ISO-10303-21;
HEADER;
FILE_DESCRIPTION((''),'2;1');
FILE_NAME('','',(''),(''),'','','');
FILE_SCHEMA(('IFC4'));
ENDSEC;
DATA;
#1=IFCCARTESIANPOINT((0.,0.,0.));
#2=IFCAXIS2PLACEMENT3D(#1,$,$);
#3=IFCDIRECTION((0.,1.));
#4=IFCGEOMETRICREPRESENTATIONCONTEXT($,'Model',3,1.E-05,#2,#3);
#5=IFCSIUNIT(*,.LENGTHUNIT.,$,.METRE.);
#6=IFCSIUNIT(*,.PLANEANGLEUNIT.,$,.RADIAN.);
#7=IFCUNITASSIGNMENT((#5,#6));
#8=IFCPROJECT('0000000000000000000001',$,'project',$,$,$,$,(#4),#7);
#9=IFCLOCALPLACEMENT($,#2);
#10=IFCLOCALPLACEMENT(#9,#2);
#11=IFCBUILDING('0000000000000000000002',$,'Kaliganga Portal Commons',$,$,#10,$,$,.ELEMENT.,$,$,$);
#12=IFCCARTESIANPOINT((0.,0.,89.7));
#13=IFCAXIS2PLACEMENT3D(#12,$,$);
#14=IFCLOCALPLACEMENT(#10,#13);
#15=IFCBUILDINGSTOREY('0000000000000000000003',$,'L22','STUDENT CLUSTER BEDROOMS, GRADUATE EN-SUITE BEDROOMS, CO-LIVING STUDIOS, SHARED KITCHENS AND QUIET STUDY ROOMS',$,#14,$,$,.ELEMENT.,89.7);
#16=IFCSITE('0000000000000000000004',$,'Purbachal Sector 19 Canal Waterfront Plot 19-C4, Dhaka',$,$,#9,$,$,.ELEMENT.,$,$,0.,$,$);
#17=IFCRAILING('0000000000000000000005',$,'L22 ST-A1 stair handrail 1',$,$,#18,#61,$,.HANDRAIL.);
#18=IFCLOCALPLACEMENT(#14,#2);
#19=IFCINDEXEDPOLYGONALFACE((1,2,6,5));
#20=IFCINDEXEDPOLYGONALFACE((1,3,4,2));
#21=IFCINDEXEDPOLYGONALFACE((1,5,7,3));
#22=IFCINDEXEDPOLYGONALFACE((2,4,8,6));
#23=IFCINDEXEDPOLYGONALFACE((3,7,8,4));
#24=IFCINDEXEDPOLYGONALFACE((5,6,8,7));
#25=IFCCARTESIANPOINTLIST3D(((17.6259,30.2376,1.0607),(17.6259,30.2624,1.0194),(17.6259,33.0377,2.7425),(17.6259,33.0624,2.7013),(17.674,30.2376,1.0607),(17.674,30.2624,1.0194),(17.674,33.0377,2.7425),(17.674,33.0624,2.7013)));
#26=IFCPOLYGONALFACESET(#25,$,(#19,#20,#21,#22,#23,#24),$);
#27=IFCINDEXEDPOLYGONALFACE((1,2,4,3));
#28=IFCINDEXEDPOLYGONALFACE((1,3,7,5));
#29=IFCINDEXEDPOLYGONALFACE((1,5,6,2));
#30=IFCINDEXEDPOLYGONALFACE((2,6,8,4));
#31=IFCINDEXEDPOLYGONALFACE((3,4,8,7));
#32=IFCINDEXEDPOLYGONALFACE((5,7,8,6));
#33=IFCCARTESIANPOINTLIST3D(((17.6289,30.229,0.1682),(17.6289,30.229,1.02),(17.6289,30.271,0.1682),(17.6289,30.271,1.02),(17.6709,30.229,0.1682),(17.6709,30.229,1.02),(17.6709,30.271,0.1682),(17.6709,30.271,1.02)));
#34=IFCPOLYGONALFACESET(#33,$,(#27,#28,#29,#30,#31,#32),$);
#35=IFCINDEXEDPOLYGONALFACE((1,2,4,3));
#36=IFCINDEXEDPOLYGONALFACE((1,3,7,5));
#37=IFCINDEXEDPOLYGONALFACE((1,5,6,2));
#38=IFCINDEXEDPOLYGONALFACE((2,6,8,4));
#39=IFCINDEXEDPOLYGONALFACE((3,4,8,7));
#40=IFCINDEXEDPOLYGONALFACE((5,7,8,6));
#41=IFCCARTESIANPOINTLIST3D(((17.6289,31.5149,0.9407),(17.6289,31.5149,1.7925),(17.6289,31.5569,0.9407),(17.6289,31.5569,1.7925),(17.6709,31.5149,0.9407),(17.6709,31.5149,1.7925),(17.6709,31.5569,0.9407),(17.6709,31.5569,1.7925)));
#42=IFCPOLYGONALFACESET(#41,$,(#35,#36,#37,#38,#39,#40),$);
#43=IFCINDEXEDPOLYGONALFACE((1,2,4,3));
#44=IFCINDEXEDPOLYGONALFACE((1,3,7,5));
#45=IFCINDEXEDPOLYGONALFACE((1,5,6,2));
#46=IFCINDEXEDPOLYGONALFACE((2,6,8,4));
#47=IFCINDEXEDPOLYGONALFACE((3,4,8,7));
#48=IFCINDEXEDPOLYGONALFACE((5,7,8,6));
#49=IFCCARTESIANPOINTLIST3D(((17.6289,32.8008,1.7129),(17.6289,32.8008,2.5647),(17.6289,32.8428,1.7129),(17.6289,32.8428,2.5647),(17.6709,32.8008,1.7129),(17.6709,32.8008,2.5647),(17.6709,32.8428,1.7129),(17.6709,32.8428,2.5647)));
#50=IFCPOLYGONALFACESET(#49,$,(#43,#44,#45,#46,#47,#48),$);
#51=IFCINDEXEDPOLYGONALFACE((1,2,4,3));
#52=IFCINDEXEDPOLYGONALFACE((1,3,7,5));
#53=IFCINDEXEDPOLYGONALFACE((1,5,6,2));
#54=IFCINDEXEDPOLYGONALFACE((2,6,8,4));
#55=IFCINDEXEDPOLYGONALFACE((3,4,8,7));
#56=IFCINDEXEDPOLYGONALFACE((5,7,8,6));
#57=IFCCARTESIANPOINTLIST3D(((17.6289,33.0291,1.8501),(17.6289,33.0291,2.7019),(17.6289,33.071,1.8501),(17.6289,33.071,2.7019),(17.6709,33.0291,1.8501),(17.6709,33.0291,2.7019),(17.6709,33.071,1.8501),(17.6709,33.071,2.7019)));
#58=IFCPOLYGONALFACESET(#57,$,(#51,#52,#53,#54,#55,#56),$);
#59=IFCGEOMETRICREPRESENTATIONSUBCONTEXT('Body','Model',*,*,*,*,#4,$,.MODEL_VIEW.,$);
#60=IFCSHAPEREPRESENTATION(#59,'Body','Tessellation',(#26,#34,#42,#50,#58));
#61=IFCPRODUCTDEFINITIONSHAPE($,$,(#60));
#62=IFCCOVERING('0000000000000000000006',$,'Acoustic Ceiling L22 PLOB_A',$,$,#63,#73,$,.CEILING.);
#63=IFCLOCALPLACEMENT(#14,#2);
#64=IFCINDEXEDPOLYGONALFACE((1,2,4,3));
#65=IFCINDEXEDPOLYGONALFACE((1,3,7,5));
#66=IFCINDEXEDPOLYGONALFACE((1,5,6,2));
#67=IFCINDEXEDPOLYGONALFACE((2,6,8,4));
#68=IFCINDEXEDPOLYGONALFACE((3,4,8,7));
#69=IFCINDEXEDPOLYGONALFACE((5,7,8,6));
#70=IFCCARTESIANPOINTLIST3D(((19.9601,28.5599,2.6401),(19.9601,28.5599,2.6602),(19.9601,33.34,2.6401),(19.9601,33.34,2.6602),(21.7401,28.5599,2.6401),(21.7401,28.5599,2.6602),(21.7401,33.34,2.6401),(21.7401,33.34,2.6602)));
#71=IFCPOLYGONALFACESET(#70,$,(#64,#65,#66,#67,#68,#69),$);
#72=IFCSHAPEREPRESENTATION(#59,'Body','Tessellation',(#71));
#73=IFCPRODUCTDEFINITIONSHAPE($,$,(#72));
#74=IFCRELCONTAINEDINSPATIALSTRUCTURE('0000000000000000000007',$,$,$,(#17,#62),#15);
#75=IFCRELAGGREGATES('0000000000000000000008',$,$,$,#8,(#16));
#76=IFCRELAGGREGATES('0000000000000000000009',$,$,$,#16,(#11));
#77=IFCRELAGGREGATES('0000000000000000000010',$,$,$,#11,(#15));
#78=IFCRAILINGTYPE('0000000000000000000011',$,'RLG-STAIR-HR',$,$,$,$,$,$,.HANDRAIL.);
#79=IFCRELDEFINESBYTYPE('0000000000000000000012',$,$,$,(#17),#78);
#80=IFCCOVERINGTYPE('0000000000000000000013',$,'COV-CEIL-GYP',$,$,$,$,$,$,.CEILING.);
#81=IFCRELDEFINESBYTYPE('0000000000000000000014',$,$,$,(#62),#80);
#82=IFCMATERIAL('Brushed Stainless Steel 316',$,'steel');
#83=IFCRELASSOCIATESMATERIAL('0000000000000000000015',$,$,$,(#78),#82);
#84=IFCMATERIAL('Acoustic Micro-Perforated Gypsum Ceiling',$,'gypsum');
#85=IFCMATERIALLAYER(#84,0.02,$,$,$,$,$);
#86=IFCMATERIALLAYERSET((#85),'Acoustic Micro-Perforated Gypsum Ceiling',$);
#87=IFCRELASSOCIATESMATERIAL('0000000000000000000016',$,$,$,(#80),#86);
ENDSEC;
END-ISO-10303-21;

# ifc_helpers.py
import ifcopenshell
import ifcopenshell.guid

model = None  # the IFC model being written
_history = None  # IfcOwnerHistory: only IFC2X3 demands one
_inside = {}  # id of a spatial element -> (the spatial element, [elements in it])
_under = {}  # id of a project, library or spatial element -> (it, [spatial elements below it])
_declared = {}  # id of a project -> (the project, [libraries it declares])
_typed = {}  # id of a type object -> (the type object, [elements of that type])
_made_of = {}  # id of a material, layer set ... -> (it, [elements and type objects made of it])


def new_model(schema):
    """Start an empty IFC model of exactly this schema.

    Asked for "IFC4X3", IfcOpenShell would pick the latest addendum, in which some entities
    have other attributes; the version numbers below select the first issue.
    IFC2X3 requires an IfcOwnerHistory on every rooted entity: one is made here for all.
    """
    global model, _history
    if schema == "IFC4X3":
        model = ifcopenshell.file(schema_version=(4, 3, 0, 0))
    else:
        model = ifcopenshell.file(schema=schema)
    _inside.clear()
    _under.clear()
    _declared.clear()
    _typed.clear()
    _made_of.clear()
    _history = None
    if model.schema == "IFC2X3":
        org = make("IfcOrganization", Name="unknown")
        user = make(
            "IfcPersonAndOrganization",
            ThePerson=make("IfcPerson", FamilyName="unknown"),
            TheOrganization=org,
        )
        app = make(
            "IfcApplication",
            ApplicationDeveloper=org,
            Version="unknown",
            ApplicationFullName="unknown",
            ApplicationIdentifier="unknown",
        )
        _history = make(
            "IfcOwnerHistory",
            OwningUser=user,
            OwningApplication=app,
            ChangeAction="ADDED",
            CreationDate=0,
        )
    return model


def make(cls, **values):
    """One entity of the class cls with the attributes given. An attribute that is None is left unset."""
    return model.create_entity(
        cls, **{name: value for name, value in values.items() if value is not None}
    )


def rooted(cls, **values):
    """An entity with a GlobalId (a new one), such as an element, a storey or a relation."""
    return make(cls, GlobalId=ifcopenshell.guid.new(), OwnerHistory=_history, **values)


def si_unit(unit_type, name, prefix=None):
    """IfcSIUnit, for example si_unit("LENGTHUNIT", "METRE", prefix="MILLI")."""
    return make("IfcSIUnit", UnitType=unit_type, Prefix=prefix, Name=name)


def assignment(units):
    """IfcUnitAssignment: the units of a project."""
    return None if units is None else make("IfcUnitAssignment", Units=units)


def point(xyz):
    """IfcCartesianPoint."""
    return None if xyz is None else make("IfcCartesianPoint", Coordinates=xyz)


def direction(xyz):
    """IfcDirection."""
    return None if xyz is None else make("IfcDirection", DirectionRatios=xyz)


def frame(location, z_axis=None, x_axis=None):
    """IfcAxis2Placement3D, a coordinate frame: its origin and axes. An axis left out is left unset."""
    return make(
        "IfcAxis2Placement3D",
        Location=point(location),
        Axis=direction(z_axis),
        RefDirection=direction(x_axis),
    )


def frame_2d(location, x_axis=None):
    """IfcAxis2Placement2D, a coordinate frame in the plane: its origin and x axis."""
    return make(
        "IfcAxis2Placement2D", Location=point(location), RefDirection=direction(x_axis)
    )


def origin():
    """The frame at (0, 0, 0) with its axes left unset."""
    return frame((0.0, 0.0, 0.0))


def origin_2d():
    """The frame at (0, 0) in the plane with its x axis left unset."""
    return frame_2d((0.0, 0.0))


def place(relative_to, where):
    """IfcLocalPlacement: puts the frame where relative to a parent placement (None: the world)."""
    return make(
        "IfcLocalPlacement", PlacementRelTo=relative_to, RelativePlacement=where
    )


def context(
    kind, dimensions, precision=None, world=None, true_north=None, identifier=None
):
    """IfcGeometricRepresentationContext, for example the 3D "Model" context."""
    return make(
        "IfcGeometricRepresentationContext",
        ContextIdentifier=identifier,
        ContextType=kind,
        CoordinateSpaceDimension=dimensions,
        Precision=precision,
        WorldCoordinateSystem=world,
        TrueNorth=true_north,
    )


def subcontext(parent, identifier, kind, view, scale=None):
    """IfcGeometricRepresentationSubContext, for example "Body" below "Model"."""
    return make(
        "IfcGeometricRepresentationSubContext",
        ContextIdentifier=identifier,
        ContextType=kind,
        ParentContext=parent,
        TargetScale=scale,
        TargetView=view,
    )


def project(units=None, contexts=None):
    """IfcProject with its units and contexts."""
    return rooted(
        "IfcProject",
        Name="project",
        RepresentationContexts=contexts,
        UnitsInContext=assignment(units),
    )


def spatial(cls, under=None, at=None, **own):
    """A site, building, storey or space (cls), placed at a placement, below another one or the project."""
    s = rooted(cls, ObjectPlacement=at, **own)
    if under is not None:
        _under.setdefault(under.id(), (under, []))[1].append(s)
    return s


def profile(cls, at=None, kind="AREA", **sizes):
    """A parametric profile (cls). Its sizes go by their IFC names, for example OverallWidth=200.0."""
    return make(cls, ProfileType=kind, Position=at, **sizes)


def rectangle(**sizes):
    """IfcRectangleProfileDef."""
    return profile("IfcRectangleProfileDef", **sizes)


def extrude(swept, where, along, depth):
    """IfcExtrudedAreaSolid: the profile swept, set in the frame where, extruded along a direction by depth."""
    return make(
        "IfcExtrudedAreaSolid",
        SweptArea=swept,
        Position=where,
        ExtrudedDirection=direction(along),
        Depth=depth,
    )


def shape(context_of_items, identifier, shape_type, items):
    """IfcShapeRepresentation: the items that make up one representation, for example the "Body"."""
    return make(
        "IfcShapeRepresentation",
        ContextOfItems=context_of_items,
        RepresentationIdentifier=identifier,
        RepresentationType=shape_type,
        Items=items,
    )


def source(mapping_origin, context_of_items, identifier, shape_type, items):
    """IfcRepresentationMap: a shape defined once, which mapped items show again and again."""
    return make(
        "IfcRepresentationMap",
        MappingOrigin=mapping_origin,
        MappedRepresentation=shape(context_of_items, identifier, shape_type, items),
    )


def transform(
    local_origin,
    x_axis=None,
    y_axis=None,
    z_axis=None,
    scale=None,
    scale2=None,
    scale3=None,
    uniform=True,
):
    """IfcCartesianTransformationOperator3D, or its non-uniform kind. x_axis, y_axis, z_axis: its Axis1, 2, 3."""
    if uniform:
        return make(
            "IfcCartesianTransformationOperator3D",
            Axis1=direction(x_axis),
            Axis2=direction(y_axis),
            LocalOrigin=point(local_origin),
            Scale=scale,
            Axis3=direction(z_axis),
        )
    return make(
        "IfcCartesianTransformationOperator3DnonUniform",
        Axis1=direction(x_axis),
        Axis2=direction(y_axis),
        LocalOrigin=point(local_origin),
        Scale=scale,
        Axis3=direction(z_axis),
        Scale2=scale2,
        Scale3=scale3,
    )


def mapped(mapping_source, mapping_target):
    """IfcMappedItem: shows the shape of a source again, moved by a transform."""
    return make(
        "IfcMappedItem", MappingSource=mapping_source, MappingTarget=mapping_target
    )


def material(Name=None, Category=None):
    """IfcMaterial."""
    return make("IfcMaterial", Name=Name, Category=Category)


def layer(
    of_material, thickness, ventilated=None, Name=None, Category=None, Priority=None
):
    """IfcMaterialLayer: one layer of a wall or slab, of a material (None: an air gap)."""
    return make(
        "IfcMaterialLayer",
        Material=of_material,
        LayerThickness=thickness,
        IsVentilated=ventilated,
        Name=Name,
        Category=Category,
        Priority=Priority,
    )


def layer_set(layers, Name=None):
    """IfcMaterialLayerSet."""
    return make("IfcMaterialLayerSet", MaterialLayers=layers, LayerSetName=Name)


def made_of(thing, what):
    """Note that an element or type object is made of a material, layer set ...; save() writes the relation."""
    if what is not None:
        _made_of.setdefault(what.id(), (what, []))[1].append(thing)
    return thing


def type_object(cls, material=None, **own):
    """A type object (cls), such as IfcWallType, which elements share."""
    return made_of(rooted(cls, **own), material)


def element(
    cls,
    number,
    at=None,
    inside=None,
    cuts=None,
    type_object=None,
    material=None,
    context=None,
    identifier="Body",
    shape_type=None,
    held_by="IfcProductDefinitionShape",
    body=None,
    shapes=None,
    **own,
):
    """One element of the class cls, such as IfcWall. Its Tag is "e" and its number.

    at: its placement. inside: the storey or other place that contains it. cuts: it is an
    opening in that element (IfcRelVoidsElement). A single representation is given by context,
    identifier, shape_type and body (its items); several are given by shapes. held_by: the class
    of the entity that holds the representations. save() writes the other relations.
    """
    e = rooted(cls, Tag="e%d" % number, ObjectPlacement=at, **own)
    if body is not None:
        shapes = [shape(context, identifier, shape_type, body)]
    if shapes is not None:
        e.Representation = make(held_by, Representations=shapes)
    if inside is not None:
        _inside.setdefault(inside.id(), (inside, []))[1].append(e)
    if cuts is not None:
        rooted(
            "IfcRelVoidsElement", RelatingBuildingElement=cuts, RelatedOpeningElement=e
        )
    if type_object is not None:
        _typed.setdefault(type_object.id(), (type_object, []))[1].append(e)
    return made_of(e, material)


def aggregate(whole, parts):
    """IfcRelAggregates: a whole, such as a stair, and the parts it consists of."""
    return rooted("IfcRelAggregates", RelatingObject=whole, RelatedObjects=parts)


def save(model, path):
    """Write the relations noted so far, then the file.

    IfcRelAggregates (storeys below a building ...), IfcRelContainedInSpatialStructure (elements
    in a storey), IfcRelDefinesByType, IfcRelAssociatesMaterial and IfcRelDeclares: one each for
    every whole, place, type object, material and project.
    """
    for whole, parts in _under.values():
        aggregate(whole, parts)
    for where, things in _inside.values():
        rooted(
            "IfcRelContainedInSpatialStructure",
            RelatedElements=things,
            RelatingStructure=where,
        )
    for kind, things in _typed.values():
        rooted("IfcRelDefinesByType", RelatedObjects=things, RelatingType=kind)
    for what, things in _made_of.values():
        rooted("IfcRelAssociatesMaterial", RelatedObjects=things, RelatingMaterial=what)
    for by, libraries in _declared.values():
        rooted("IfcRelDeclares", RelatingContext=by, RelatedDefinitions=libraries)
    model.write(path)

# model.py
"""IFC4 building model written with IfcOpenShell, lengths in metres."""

from ifc_helpers import new_model, si_unit, direction, frame, origin, origin_2d, place, context, subcontext, project, spatial, rectangle, extrude, source, transform, mapped, material, layer, layer_set, type_object, element, save


model = new_model("IFC4")

# Units and contexts
model_context = context("Model", 3, precision=1e-05, world=origin(), true_north=direction((0.0, 1.0)))
body_context = subcontext(model_context, "Body", "Model", "MODEL_VIEW")
ifc_project = project(units=[si_unit("LENGTHUNIT", "METRE"), si_unit("PLANEANGLEUNIT", "RADIAN")], contexts=[model_context])

# Site, building, storey
site_placement = place(None, origin())
site = spatial("IfcSite", under=ifc_project, at=site_placement, Name="Purbachal Sector 19 Canal Waterfront Plot 19-C4, Dhaka", CompositionType="ELEMENT", RefElevation=0.0)
building_placement = place(site_placement, origin())
building = spatial("IfcBuilding", under=site, at=building_placement, Name="Kaliganga Portal Commons", CompositionType="ELEMENT")
storey_placement = place(building_placement, frame((0.0, 0.0, 89.7)))
storey = spatial("IfcBuildingStorey", under=building, at=storey_placement, Name="L22", Description="STUDENT CLUSTER BEDROOMS, GRADUATE EN-SUITE BEDROOMS, CO-LIVING STUDIOS, SHARED KITCHENS AND QUIET STUDY ROOMS", CompositionType="ELEMENT", Elevation=89.7)

# Railing
ifc_material_1 = material(Name="Brushed Stainless Steel 316", Category="steel")
railing_type_1 = type_object("IfcRailingType", Name="RLG-STAIR-HR", PredefinedType="HANDRAIL", material=ifc_material_1)
railing_1_placement = place(storey_placement, frame((17.6499, 30.25, 0.1682)))
element("IfcRailing", 1, at=railing_1_placement, inside=storey, type_object=railing_type_1, Name="L22 ST-A1 stair handrail 1", PredefinedType="HANDRAIL", context=body_context, shape_type="SweptSolid", body=[
    extrude(rectangle(XDim=0.0481, YDim=0.0481, at=origin_2d()), frame((0.0, 0.0, 0.8718), z_axis=(0.0, 0.857242, 0.514913), x_axis=(-1.0, 0.0, 0.0)), (0.0, 0.0, 1.0), 3.2664),
    extrude(rectangle(XDim=0.042, YDim=0.042, at=origin_2d()), origin(), (0.0, 0.0, 1.0), 0.8518),
    extrude(rectangle(XDim=0.042, YDim=0.042, at=origin_2d()), frame((0.0, 1.2859, 0.7725)), (0.0, 0.0, 1.0), 0.8518),
    extrude(rectangle(XDim=0.042, YDim=0.042, at=origin_2d()), frame((0.0, 2.5718, 1.5447)), (0.0, 0.0, 1.0), 0.8518),
    extrude(rectangle(XDim=0.042, YDim=0.042, at=origin_2d()), frame((0.0, 2.8, 1.6819)), (0.0, 0.0, 1.0), 0.8518),
])

# Covering
ifc_material_2 = material(Name="Acoustic Micro-Perforated Gypsum Ceiling", Category="gypsum")
ifc_layer_1 = layer(ifc_material_2, 0.02)
ifc_layer_set_1 = layer_set([ifc_layer_1], Name="Acoustic Micro-Perforated Gypsum Ceiling")
covering_type = type_object("IfcCoveringType", Name="COV-CEIL-GYP", PredefinedType="CEILING", material=ifc_layer_set_1)
shared_shape_1 = source(origin(), body_context, "Body", "SweptSolid", [
    extrude(rectangle(XDim=1.78, YDim=4.78, at=origin_2d()), origin(), (0.0, 0.0, 1.0), 0.02),
])
covering_placement = place(storey_placement, frame((20.8501, 30.95, 2.6401), z_axis=(0.0, 0.0, 1.0), x_axis=(1.0, 0.0, 0.0)))
element("IfcCovering", 2, at=covering_placement, inside=storey, type_object=covering_type, Name="Acoustic Ceiling L22 PLOB_A", PredefinedType="CEILING", context=body_context, shape_type="MappedRepresentation", body=[
    mapped(shared_shape_1, transform((0.0, 0.0, 0.0), x_axis=(1.0, 0.0, 0.0), y_axis=(0.0, 1.0, 0.0), z_axis=(0.0, 0.0, 1.0), scale=1.0)),
])

save(model, "model.ifc")
